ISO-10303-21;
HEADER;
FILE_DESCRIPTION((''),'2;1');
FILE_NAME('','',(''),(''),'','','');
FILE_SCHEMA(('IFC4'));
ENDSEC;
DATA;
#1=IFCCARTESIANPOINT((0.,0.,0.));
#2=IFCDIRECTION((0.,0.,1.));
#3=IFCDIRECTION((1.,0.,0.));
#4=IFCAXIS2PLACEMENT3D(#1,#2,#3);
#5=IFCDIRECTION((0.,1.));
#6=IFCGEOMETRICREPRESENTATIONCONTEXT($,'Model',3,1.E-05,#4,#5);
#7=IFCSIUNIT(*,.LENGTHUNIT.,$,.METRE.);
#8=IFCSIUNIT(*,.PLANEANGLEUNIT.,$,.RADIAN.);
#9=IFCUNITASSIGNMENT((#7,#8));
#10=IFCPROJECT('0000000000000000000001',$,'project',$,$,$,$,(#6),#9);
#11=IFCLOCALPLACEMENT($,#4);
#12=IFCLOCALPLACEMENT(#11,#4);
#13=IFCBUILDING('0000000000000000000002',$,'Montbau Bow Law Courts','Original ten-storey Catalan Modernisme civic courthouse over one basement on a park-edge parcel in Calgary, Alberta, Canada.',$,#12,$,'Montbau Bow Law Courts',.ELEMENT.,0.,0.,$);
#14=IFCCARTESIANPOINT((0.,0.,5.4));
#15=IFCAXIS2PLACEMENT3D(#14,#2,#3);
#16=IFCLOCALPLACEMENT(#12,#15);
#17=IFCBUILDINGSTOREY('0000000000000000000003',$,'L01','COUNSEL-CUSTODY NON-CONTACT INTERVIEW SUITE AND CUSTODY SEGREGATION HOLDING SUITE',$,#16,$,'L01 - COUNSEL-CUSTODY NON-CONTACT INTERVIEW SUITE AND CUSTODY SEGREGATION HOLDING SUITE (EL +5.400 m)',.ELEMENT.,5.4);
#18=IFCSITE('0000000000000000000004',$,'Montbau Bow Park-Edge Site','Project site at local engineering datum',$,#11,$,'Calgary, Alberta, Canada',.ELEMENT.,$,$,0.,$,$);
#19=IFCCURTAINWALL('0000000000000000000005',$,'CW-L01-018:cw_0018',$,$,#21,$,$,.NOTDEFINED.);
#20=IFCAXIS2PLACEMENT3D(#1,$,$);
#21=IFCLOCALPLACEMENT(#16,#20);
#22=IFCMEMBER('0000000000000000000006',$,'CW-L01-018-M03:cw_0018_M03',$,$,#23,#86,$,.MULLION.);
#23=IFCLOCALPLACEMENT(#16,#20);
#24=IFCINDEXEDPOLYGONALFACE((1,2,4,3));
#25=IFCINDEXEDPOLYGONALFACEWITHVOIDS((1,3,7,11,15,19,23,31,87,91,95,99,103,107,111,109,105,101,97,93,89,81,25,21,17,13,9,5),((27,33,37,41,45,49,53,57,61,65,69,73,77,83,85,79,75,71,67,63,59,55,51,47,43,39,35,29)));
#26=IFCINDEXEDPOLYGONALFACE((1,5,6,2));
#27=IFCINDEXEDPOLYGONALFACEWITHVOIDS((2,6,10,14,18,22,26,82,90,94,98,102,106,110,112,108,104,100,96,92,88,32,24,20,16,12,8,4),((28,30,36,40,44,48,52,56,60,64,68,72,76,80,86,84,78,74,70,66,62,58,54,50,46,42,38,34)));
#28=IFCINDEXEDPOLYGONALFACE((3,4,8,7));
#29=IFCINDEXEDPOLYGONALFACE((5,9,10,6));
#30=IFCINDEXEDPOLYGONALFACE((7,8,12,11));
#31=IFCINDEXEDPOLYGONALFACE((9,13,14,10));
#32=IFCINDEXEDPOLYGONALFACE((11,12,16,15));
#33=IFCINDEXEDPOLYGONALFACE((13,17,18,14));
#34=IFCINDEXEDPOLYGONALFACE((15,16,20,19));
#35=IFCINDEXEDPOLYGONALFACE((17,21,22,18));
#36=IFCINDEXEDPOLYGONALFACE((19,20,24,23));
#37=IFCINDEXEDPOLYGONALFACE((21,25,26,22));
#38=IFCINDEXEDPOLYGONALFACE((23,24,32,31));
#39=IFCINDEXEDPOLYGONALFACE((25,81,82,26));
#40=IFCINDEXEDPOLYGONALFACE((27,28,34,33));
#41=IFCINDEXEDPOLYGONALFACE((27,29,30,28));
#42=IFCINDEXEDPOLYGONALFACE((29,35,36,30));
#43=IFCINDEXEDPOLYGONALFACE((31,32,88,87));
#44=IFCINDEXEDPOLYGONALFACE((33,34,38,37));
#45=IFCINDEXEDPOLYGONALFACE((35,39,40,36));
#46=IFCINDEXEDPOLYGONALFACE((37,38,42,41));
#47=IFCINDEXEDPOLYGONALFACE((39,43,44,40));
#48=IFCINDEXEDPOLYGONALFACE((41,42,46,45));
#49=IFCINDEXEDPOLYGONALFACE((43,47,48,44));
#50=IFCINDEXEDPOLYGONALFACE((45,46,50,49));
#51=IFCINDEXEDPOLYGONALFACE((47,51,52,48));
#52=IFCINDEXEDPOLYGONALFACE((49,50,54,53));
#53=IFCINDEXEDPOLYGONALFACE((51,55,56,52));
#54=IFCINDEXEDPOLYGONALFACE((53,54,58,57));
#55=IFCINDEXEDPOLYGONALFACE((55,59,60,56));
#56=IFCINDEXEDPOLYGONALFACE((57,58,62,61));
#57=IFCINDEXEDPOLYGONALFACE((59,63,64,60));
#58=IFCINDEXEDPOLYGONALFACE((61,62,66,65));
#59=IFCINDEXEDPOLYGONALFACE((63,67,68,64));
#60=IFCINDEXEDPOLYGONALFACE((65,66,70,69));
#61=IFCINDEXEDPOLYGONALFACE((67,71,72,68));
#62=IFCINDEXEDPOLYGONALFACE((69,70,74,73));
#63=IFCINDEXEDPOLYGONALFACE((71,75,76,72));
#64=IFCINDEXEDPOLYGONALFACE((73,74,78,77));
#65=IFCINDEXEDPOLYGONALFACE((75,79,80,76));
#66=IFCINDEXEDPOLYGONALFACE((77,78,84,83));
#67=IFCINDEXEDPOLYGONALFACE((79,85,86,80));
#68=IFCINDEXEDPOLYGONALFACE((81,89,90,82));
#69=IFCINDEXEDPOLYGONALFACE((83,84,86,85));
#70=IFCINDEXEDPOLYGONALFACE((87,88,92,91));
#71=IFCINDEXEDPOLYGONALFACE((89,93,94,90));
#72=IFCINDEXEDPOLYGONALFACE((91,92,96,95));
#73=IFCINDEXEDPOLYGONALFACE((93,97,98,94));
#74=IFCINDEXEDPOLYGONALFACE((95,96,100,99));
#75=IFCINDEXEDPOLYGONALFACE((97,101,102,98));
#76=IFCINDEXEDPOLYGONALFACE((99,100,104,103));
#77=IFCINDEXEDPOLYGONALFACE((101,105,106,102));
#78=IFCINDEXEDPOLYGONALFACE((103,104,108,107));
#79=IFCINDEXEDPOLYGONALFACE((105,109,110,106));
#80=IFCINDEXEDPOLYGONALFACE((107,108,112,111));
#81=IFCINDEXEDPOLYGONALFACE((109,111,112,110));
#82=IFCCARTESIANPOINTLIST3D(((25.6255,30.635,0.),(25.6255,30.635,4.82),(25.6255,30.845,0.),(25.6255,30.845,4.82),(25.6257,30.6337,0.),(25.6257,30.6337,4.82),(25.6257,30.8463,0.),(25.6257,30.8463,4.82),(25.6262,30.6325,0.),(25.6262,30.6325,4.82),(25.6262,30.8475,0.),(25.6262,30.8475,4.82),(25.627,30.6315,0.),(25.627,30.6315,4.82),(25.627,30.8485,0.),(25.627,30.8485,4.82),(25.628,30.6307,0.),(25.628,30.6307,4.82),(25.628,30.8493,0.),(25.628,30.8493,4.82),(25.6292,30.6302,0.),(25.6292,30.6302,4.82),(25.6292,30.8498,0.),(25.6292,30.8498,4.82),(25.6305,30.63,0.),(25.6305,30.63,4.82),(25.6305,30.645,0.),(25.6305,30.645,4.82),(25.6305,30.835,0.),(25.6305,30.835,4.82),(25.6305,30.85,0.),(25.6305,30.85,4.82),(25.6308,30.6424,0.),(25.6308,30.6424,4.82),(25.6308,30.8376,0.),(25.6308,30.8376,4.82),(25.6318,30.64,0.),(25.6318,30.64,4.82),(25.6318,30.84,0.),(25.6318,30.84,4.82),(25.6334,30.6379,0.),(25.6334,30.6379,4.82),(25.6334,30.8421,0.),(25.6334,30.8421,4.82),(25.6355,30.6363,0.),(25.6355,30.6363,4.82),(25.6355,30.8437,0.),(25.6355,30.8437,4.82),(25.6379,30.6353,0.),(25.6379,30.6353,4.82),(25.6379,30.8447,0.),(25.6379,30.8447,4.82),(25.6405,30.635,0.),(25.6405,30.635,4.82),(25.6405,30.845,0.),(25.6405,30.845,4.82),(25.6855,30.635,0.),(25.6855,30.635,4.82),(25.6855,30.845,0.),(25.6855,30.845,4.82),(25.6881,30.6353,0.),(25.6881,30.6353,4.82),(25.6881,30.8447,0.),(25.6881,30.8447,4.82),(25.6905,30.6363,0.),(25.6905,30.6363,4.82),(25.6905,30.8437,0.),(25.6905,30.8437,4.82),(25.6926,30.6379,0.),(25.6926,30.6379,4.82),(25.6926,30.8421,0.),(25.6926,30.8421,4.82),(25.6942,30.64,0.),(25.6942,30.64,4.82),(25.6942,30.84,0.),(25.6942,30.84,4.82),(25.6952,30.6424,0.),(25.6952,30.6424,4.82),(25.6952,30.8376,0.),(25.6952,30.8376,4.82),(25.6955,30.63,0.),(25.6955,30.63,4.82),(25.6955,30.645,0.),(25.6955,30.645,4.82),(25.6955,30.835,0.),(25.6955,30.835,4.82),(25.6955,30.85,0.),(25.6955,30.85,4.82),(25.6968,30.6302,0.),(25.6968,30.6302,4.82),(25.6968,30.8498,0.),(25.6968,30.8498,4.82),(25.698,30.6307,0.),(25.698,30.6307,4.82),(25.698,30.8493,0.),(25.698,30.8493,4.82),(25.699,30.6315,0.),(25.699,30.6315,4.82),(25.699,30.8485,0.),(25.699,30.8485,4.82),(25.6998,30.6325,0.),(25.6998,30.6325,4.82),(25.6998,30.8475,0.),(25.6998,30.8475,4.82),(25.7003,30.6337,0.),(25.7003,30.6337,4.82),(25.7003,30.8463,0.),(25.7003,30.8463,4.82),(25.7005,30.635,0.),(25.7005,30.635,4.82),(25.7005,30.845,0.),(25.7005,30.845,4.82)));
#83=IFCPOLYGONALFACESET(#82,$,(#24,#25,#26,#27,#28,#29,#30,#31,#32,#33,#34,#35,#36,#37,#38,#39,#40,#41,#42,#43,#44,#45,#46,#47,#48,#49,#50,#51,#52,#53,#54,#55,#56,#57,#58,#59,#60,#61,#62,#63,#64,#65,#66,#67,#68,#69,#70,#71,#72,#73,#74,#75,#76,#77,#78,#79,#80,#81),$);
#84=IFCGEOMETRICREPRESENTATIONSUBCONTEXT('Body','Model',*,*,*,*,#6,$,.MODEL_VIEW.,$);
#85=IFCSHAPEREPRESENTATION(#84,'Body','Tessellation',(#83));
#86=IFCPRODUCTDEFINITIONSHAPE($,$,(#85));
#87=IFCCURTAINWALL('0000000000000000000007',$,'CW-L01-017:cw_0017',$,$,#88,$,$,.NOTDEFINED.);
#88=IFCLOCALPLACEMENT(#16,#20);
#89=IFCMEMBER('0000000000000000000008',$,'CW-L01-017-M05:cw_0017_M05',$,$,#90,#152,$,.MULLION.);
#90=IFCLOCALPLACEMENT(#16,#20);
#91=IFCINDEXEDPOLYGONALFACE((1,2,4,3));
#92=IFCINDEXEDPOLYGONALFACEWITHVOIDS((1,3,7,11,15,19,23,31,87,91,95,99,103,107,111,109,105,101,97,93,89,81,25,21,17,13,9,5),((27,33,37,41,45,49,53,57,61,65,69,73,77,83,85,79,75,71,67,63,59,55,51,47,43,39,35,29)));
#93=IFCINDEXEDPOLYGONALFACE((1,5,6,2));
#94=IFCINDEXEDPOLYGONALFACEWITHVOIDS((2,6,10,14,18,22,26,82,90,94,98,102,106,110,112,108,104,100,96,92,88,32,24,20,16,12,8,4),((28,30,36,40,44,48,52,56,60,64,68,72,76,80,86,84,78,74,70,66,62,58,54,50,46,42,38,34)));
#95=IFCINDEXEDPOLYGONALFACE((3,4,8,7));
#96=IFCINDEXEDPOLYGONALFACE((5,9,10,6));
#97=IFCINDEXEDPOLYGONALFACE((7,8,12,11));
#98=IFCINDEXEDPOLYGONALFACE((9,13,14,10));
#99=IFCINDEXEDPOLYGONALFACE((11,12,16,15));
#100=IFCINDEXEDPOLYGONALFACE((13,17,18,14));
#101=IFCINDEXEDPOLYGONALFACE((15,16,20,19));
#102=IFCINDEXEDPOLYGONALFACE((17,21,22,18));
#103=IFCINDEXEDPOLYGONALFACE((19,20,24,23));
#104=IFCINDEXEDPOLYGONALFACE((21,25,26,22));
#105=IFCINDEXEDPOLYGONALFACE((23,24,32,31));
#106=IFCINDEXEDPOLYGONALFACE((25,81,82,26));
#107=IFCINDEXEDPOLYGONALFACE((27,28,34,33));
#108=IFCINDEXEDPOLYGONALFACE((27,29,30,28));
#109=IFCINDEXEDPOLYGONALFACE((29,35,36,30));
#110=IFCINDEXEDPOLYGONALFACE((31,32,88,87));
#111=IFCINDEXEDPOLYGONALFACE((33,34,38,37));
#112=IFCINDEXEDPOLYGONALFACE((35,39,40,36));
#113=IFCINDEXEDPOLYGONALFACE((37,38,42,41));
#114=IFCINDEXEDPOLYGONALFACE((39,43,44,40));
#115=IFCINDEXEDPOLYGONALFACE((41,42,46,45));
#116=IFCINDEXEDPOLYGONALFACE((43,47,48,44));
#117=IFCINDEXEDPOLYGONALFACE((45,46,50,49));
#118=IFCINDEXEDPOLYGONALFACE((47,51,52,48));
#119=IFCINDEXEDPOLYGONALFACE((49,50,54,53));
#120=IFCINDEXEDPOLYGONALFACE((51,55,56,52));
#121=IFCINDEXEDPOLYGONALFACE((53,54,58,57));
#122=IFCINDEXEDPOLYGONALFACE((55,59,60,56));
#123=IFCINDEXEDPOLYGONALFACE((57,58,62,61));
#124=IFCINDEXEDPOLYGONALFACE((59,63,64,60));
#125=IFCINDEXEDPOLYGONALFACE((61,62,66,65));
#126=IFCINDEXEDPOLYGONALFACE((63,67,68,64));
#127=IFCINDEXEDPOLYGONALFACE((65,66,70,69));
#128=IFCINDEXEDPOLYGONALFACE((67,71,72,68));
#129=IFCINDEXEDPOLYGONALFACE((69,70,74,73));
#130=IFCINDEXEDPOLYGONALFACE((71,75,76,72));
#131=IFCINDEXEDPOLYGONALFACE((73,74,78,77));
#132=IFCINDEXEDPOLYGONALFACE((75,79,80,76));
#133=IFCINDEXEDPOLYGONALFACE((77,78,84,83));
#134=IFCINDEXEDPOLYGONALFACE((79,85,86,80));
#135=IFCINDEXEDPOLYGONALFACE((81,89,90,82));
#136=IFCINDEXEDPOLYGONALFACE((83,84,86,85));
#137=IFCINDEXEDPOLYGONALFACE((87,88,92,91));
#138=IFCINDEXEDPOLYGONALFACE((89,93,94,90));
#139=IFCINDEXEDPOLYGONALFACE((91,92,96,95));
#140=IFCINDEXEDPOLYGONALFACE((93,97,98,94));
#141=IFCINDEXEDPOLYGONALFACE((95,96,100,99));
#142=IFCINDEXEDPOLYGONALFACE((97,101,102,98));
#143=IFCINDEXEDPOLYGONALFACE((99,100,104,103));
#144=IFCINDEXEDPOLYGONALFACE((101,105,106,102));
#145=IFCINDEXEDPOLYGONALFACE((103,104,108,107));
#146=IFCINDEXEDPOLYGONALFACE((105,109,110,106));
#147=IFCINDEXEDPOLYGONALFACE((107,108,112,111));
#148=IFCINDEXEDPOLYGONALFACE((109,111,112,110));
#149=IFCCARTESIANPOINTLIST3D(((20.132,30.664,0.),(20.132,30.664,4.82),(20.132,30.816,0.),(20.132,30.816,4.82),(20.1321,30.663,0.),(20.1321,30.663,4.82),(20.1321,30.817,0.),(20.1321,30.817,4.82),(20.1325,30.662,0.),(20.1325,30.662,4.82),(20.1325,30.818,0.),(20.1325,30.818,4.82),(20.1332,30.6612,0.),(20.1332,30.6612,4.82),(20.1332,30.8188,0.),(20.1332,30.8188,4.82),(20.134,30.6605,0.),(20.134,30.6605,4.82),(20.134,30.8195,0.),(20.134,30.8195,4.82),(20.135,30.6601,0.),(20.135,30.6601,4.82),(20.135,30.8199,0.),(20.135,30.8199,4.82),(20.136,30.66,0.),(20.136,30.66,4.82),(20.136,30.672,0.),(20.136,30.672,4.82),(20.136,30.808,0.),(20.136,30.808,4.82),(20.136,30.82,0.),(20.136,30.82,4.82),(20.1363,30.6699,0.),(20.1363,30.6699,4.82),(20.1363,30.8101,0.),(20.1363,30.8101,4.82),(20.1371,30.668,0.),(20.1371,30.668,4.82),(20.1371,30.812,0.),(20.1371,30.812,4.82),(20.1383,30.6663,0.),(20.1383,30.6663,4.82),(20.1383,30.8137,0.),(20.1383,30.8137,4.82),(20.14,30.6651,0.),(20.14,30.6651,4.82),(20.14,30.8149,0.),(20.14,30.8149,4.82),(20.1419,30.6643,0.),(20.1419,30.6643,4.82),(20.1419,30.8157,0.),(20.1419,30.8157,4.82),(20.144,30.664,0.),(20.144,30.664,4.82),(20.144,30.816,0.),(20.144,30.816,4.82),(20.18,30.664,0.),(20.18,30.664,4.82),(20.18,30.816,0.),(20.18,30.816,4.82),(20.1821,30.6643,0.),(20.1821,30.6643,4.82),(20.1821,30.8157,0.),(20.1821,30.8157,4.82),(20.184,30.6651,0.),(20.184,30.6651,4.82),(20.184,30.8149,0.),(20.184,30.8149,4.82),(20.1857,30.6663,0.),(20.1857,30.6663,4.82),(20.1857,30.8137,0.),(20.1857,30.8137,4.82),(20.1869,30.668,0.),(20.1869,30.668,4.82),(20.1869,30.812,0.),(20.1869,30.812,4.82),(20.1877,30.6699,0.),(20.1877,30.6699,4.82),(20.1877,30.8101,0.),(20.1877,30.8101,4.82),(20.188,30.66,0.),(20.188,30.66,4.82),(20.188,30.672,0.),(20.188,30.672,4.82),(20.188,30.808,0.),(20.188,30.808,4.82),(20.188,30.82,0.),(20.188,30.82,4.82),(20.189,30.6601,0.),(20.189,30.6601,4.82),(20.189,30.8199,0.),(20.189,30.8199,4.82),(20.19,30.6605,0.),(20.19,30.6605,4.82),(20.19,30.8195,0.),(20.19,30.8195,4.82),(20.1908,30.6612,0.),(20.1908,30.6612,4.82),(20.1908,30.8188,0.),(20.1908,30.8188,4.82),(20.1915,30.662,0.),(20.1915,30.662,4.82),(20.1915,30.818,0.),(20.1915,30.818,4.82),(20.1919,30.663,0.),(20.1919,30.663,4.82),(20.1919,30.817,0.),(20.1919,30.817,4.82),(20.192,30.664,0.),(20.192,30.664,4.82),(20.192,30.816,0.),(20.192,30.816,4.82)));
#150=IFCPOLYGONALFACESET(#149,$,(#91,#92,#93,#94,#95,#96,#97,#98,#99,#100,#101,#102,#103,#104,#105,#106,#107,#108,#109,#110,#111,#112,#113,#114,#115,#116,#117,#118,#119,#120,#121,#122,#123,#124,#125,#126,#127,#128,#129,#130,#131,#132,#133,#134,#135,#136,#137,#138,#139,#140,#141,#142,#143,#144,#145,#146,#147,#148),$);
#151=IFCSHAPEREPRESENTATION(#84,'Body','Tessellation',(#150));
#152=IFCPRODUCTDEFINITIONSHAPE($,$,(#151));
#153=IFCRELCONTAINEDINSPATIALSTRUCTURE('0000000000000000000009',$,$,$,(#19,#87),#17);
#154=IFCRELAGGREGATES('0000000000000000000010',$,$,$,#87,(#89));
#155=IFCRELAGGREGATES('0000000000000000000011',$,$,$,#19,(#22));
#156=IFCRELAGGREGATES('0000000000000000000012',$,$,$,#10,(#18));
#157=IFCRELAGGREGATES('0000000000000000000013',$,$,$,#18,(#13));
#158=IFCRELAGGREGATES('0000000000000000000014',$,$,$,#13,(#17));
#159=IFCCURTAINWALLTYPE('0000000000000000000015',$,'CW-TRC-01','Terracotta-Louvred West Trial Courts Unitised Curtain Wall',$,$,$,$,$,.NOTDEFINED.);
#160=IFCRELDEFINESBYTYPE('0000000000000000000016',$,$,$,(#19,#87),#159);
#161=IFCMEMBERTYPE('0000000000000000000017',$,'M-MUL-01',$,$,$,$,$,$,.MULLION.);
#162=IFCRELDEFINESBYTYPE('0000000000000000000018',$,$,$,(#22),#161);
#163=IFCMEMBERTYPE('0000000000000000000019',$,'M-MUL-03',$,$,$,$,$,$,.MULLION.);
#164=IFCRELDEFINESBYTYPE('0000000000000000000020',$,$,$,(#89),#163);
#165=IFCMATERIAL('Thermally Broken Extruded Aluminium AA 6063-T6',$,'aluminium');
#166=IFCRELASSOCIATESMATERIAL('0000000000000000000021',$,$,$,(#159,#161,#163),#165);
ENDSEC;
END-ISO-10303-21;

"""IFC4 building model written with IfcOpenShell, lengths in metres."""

from ifc_helpers import new_model, si_unit, direction, frame, origin_with_axes, origin_2d_with_axis, place, context, subcontext, project, spatial, hollow_rectangle, extrude, material, material_profile, profile_set, type_object, element, aggregate, save


model = new_model("IFC4")

# Units and contexts
model_context = context("Model", 3, precision=1e-05, world=origin_with_axes(), true_north=direction((0.0, 1.0)))
body_context = subcontext(model_context, "Body", "Model", "MODEL_VIEW")
ifc_project = project(units=[si_unit("LENGTHUNIT", "METRE"), si_unit("PLANEANGLEUNIT", "RADIAN")], contexts=[model_context])

# Site, building, storey
site_placement = place(None, origin_with_axes())
site = spatial("IfcSite", under=ifc_project, at=site_placement, Name="Montbau Bow Park-Edge Site", Description="Project site at local engineering datum", LongName="Calgary, Alberta, Canada", CompositionType="ELEMENT", RefElevation=0.0)
building_placement = place(site_placement, origin_with_axes())
building = spatial("IfcBuilding", under=site, at=building_placement, Name="Montbau Bow Law Courts", Description="Original ten-storey Catalan Modernisme civic courthouse over one basement on a park-edge parcel in Calgary, Alberta, Canada.", LongName="Montbau Bow Law Courts", CompositionType="ELEMENT", ElevationOfRefHeight=0.0, ElevationOfTerrain=0.0)
storey_placement = place(building_placement, frame((0.0, 0.0, 5.4), z_axis=(0.0, 0.0, 1.0), x_axis=(1.0, 0.0, 0.0)))
storey = spatial("IfcBuildingStorey", under=building, at=storey_placement, Name="L01", Description="COUNSEL-CUSTODY NON-CONTACT INTERVIEW SUITE AND CUSTODY SEGREGATION HOLDING SUITE", LongName="L01 - COUNSEL-CUSTODY NON-CONTACT INTERVIEW SUITE AND CUSTODY SEGREGATION HOLDING SUITE (EL +5.400 m)", CompositionType="ELEMENT", Elevation=5.4)

# Curtain walls, members
ifc_material_1 = material(Name="Thermally Broken Extruded Aluminium AA 6063-T6", Category="aluminium")
curtain_wall_type = type_object("IfcCurtainWallType", Name="CW-TRC-01", Description="Terracotta-Louvred West Trial Courts Unitised Curtain Wall", PredefinedType="NOTDEFINED", material=ifc_material_1)
curtain_wall_1_placement = place(None, frame((22.715, 30.74, 5.4), z_axis=(0.0, 0.0, 1.0), x_axis=(1.0, 0.0, 0.0)))
curtain_wall_1 = element("IfcCurtainWall", 1, at=curtain_wall_1_placement, inside=storey, type_object=curtain_wall_type, Name="CW-L01-018:cw_0018", PredefinedType="NOTDEFINED")
ifc_material_profile_1 = material_profile(ifc_material_1, hollow_rectangle(XDim=0.075, YDim=0.22, WallThickness=0.005, InnerFilletRadius=0.01, OuterFilletRadius=0.005, at=origin_2d_with_axis()), Name="CWM-220X75", Category="Main", Priority=0)
ifc_profile_set_1 = profile_set([ifc_material_profile_1], Name="Thermally Broken Extruded Aluminium AA 6063-T6")
member_type_1 = type_object("IfcMemberType", Name="M-MUL-01", PredefinedType="MULLION", material=ifc_profile_set_1)
member_1_placement = place(None, frame((25.663, 30.74, 5.4), z_axis=(0.0, 0.0, 1.0), x_axis=(1.0, 0.0, 0.0)))
member_1 = element("IfcMember", 2, at=member_1_placement, type_object=member_type_1, Name="CW-L01-018-M03:cw_0018_M03", PredefinedType="MULLION", context=body_context, shape_type="SweptSolid", body=[
    extrude(hollow_rectangle(XDim=0.075, YDim=0.22, WallThickness=0.005, InnerFilletRadius=0.01, OuterFilletRadius=0.005, at=origin_2d_with_axis()), origin_with_axes(), (0.0, 0.0, 1.0), 4.82),
])
curtain_wall_2_placement = place(None, frame((14.068, 30.74, 5.4), z_axis=(0.0, 0.0, 1.0), x_axis=(1.0, 0.0, 0.0)))
curtain_wall_2 = element("IfcCurtainWall", 3, at=curtain_wall_2_placement, inside=storey, type_object=curtain_wall_type, Name="CW-L01-017:cw_0017", PredefinedType="NOTDEFINED")
ifc_material_profile_2 = material_profile(ifc_material_1, hollow_rectangle(XDim=0.06, YDim=0.16, WallThickness=0.004, InnerFilletRadius=0.008, OuterFilletRadius=0.004, at=origin_2d_with_axis()), Name="CWM-160X60", Category="Main", Priority=0)
ifc_profile_set_2 = profile_set([ifc_material_profile_2], Name="Thermally Broken Extruded Aluminium AA 6063-T6")
member_type_2 = type_object("IfcMemberType", Name="M-MUL-03", PredefinedType="MULLION", material=ifc_profile_set_2)
member_2_placement = place(None, frame((20.162, 30.74, 5.4), z_axis=(0.0, 0.0, 1.0), x_axis=(1.0, 0.0, 0.0)))
member_2 = element("IfcMember", 4, at=member_2_placement, type_object=member_type_2, Name="CW-L01-017-M05:cw_0017_M05", PredefinedType="MULLION", context=body_context, shape_type="SweptSolid", body=[
    extrude(hollow_rectangle(XDim=0.06, YDim=0.16, WallThickness=0.004, InnerFilletRadius=0.008, OuterFilletRadius=0.004, at=origin_2d_with_axis()), origin_with_axes(), (0.0, 0.0, 1.0), 4.82),
])

aggregate(curtain_wall_2, [member_2])
aggregate(curtain_wall_1, [member_1])

save(model, "model.ifc")
